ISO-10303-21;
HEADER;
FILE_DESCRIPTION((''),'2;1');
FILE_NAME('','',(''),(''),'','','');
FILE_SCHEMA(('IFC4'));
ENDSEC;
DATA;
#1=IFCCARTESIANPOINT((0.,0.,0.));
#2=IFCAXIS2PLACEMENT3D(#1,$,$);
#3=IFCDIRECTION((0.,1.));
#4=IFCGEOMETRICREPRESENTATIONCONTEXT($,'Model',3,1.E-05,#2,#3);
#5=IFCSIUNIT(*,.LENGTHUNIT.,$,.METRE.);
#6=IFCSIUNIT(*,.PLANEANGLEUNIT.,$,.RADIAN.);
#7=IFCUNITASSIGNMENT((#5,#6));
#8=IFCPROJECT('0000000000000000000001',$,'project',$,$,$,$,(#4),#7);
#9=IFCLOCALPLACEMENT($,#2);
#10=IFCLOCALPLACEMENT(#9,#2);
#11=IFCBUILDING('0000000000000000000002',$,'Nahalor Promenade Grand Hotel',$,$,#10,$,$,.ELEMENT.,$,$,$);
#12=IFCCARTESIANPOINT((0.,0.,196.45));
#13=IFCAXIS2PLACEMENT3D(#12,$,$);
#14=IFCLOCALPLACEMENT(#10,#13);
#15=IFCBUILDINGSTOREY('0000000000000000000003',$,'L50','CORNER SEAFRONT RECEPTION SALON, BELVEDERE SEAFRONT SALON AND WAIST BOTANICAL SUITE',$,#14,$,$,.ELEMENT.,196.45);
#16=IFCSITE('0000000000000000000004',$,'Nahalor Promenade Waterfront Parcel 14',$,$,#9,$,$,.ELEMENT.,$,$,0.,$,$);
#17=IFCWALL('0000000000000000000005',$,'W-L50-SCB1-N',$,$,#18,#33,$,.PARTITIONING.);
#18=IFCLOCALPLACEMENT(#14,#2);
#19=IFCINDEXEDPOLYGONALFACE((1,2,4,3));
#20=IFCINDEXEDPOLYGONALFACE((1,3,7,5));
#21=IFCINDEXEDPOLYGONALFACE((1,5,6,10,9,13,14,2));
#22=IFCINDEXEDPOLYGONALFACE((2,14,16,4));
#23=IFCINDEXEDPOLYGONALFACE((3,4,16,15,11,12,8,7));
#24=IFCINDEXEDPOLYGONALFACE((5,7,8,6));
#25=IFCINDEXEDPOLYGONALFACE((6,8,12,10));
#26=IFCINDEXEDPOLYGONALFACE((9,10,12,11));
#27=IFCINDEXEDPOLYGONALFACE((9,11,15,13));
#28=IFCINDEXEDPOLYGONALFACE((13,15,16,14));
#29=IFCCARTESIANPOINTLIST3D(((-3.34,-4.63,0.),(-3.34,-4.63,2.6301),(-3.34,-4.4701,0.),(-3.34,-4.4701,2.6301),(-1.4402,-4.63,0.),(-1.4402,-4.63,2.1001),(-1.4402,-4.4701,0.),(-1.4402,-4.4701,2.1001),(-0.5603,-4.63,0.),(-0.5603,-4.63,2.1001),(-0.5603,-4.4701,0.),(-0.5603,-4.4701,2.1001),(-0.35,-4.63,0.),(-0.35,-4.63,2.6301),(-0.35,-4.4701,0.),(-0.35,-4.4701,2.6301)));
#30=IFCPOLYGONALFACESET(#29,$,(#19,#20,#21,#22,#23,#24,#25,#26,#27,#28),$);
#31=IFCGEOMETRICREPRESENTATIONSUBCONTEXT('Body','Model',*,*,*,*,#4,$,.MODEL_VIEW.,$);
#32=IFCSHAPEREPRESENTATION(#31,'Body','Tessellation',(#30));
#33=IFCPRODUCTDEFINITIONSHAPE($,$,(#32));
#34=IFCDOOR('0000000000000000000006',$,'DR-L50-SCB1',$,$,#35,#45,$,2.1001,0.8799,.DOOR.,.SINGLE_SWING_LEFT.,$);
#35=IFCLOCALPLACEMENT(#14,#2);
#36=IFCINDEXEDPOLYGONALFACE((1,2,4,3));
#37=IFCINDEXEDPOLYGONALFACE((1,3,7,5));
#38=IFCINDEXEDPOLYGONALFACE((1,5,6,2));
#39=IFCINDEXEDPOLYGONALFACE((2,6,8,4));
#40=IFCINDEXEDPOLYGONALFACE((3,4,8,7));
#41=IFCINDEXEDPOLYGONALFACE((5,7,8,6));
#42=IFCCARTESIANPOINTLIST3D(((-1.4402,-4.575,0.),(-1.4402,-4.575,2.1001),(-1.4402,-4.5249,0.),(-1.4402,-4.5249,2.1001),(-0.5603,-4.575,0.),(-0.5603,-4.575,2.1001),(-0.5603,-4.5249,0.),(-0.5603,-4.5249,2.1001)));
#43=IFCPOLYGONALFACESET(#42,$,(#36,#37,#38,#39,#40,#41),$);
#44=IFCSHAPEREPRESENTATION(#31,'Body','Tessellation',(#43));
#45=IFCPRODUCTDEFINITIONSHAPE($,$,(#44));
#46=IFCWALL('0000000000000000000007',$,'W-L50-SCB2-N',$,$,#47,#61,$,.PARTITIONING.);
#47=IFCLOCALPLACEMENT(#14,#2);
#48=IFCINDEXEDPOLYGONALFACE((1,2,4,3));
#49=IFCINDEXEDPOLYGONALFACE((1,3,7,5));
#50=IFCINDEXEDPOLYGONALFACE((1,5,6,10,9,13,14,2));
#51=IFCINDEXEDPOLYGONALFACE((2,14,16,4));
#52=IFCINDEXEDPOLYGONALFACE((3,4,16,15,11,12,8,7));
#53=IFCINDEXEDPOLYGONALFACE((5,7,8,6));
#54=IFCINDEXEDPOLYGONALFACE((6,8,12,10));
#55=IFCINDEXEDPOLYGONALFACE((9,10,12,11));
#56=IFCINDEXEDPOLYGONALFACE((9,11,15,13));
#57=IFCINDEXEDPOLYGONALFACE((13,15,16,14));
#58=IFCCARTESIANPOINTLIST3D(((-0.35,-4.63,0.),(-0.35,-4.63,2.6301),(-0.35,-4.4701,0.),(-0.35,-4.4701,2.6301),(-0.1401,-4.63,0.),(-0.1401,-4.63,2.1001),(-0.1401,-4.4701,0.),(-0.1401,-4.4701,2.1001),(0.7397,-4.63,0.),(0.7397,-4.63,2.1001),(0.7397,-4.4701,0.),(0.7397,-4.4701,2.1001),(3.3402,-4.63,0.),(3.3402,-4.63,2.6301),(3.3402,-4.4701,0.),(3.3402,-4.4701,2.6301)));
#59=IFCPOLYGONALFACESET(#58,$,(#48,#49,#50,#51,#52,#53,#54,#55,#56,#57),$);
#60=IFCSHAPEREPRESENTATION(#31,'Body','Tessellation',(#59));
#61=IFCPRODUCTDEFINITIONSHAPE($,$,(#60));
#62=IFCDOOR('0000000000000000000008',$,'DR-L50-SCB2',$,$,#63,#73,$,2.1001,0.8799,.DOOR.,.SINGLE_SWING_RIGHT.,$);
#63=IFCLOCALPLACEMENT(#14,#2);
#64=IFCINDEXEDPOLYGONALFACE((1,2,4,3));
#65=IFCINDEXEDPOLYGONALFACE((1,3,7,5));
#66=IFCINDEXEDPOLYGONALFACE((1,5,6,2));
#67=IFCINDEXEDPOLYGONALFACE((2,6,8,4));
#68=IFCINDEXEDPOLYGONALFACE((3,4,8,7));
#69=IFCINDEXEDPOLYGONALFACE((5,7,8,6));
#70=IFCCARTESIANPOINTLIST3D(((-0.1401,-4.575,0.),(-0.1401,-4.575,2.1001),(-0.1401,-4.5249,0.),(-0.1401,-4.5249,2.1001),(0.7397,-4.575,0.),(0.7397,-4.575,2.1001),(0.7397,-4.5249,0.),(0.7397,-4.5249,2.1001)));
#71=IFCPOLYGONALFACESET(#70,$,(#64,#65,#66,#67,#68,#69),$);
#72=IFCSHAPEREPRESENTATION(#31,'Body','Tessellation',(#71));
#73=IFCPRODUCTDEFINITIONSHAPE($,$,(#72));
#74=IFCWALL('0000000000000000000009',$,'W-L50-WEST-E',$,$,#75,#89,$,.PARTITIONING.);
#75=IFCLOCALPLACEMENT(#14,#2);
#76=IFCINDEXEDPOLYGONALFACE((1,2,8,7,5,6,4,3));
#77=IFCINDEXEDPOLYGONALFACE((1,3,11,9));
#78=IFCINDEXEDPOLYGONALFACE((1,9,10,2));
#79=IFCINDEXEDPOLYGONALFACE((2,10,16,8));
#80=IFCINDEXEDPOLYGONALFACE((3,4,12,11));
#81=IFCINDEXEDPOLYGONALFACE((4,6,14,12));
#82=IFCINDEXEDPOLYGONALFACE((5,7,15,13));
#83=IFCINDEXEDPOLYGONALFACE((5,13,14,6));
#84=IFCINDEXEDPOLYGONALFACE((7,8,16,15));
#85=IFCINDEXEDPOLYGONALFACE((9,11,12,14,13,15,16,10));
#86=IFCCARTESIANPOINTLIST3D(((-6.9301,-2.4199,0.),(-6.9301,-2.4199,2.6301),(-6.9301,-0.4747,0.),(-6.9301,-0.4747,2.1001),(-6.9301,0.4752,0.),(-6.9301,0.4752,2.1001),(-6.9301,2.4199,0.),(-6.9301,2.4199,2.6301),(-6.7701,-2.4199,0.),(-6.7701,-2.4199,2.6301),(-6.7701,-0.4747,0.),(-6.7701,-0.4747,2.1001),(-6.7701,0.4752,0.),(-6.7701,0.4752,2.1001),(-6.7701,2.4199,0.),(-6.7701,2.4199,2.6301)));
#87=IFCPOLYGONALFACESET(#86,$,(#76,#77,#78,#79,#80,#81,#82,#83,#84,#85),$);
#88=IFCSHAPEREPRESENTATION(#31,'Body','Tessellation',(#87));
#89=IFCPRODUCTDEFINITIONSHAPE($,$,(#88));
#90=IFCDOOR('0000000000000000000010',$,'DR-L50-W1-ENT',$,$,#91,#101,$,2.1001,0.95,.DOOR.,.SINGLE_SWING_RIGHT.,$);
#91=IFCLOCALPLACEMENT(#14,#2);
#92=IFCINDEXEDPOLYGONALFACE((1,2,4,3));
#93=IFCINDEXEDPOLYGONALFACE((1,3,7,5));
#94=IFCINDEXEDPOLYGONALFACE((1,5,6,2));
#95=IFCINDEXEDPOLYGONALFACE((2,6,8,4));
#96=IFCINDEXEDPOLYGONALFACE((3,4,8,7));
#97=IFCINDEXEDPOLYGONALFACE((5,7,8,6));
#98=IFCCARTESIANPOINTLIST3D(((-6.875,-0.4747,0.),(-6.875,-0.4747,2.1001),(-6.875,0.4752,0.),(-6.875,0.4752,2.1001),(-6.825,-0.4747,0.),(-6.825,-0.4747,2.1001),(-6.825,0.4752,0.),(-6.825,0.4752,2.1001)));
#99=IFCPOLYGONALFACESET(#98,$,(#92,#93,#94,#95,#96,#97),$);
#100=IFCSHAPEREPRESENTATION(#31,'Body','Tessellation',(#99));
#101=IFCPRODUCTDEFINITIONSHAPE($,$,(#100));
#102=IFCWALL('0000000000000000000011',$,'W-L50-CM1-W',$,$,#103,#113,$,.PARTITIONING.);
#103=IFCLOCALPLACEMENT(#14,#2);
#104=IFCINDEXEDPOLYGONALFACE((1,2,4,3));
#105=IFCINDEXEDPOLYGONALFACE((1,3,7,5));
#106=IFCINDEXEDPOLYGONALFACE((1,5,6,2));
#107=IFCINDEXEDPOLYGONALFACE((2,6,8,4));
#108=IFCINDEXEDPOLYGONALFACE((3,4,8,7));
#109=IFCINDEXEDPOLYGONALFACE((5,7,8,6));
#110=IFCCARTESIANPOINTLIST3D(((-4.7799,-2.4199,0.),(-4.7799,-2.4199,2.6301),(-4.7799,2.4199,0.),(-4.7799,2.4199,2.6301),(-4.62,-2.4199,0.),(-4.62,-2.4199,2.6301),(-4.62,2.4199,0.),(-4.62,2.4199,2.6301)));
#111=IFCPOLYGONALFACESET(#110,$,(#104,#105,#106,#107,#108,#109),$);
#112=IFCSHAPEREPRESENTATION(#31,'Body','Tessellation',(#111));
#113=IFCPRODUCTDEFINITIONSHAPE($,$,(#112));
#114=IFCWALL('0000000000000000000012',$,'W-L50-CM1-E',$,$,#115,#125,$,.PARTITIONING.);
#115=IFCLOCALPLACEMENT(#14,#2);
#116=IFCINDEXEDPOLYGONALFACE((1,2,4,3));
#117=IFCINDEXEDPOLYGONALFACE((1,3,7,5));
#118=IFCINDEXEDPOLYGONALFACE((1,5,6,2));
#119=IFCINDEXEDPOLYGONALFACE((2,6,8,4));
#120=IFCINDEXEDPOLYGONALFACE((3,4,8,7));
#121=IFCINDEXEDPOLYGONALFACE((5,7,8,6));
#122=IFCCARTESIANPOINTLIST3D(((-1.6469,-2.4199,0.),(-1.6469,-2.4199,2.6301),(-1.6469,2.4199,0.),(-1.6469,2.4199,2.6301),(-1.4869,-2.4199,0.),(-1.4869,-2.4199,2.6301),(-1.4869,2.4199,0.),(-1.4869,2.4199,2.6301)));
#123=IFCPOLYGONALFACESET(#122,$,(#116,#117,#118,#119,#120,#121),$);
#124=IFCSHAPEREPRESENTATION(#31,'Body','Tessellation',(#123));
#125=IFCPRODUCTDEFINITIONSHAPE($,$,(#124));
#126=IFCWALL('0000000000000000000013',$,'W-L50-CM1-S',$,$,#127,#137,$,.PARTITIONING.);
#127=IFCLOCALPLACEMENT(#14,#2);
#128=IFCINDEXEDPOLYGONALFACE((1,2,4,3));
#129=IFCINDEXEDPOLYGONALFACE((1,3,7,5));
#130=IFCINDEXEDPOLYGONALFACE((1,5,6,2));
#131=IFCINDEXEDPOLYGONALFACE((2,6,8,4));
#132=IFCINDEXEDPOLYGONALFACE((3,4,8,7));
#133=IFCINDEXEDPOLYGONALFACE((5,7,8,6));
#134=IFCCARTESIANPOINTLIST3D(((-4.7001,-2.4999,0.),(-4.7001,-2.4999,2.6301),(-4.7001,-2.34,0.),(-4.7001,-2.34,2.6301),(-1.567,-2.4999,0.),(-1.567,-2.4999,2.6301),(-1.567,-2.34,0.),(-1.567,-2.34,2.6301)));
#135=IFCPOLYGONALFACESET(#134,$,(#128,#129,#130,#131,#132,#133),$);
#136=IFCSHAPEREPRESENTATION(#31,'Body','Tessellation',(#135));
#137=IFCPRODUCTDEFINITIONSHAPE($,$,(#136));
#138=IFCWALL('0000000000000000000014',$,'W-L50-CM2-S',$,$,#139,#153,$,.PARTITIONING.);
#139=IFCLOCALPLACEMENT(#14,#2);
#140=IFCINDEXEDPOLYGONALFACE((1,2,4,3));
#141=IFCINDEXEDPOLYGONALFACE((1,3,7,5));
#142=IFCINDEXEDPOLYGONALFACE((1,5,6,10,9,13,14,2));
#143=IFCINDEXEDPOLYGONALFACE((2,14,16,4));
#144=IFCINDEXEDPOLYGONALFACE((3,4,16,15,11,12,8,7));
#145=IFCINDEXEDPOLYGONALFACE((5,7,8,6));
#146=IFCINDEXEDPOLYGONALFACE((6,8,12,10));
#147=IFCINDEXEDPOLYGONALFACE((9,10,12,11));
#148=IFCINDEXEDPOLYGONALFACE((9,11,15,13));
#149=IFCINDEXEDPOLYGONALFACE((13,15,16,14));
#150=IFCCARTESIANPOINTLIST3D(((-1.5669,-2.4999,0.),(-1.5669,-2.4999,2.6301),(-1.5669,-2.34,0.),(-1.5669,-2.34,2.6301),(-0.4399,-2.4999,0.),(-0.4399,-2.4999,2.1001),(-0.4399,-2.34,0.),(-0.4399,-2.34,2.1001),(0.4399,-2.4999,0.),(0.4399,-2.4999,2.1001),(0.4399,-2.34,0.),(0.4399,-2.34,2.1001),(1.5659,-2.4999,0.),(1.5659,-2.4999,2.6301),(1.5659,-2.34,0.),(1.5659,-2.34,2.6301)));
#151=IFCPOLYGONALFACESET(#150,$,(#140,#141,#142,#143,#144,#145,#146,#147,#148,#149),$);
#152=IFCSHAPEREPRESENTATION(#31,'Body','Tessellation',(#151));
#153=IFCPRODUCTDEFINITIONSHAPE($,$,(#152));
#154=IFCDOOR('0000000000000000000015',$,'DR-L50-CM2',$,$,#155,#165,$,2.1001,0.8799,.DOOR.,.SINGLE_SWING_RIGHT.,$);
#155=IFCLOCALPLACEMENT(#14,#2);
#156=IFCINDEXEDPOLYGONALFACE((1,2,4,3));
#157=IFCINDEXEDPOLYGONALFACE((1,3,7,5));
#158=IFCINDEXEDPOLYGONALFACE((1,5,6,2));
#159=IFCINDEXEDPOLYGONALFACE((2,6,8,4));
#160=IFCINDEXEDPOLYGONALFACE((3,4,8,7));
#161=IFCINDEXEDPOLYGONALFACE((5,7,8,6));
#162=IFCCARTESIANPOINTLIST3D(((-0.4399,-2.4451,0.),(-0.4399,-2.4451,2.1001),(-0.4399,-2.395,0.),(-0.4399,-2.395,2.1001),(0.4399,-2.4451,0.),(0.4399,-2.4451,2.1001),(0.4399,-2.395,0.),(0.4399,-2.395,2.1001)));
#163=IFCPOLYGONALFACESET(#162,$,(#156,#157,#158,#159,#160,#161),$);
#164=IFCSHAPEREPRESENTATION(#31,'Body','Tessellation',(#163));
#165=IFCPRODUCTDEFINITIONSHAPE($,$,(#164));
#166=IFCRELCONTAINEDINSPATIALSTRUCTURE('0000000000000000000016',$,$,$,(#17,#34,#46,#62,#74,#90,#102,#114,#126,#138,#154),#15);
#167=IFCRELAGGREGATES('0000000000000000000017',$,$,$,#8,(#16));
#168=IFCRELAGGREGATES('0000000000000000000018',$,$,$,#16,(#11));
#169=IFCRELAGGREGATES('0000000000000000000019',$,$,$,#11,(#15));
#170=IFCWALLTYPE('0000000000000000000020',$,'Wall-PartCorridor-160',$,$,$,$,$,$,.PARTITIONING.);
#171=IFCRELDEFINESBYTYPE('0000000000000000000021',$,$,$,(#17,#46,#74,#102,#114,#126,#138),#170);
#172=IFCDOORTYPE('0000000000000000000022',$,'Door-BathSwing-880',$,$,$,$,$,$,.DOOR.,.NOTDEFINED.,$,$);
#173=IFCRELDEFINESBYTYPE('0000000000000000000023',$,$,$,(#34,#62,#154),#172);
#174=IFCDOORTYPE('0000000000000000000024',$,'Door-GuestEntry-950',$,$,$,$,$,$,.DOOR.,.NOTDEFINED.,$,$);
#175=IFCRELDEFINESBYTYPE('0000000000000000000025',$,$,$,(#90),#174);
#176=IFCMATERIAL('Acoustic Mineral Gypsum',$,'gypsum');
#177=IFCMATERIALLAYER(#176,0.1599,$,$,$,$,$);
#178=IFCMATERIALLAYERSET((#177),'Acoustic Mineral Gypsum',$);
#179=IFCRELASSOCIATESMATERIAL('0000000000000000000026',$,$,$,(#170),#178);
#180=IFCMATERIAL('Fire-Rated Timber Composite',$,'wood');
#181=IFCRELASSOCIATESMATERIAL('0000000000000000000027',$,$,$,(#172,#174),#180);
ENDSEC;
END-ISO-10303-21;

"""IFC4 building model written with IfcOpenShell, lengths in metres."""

from ifc_helpers import new_model, si_unit, direction, frame, frame_2d, origin, place, context, subcontext, project, spatial, rectangle, extrude, source, transform, mapped, material, layer, layer_set, type_object, element, fill, save


model = new_model("IFC4")

# Units and contexts
model_context = context("Model", 3, precision=1e-05, world=origin(), true_north=direction((0.0, 1.0)))
body_context = subcontext(model_context, "Body", "Model", "MODEL_VIEW")
ifc_project = project(units=[si_unit("LENGTHUNIT", "METRE"), si_unit("PLANEANGLEUNIT", "RADIAN")], contexts=[model_context])

# Site, building, storey
site_placement = place(None, origin())
site = spatial("IfcSite", under=ifc_project, at=site_placement, Name="Nahalor Promenade Waterfront Parcel 14", CompositionType="ELEMENT", RefElevation=0.0)
building_placement = place(site_placement, origin())
building = spatial("IfcBuilding", under=site, at=building_placement, Name="Nahalor Promenade Grand Hotel", CompositionType="ELEMENT")
storey_placement = place(building_placement, frame((0.0, 0.0, 196.45)))
storey = spatial("IfcBuildingStorey", under=building, at=storey_placement, Name="L50", Description="CORNER SEAFRONT RECEPTION SALON, BELVEDERE SEAFRONT SALON AND WAIST BOTANICAL SUITE", CompositionType="ELEMENT", Elevation=196.45)

# Walls, openings, doors
ifc_material_1 = material(Name="Acoustic Mineral Gypsum", Category="gypsum")
ifc_layer_1 = layer(ifc_material_1, 0.1599)
ifc_layer_set_1 = layer_set([ifc_layer_1], Name="Acoustic Mineral Gypsum")
wall_type_1 = type_object("IfcWallType", Name="Wall-PartCorridor-160", PredefinedType="PARTITIONING", material=ifc_layer_set_1)
shared_shape_1 = source(origin(), body_context, "Body", "SweptSolid", [
    extrude(rectangle(XDim=2.99, YDim=0.1599, at=frame_2d((1.4951, 0.0))), origin(), (0.0, 0.0, 1.0), 2.6301),
])
wall_1_placement = place(storey_placement, frame((-3.3401, -4.55, 0.0), z_axis=(0.0, 0.0, 1.0), x_axis=(1.0, 0.0, 0.0)))
wall_1 = element("IfcWall", 1, at=wall_1_placement, inside=storey, type_object=wall_type_1, Name="W-L50-SCB1-N", PredefinedType="PARTITIONING", context=body_context, shape_type="MappedRepresentation", body=[
    mapped(shared_shape_1, transform((0.0, 0.0, 0.0), scale=1.0)),
])
opening_1_placement = place(wall_1_placement, frame((1.8999, 0.0, 0.0)))
opening_1 = element("IfcOpeningElement", 2, at=opening_1_placement, cuts=wall_1, PredefinedType="OPENING", context=body_context, shape_type="SweptSolid", body=[
    extrude(rectangle(XDim=0.8799, YDim=2.1001, at=frame_2d((0.4399, 1.05))), frame((0.0, 0.0898, 0.0), z_axis=(0.0, -1.0, 0.0), x_axis=(1.0, 0.0, 0.0)), (0.0, 0.0, 1.0), 0.1799),
])
ifc_material_2 = material(Name="Fire-Rated Timber Composite", Category="wood")
door_type_1 = type_object("IfcDoorType", Name="Door-BathSwing-880", OperationType="NOTDEFINED", PredefinedType="DOOR", material=ifc_material_2)
shared_shape_2 = source(origin(), body_context, "Body", "SweptSolid", [
    extrude(rectangle(XDim=0.8799, YDim=2.1001, at=frame_2d((0.4399, 1.05))), frame((0.0, 0.0249, 0.0), z_axis=(0.0, -1.0, 0.0), x_axis=(1.0, 0.0, 0.0)), (0.0, 0.0, 1.0), 0.05),
])
door_1_placement = place(opening_1_placement, frame((0.8799, 0.0, 0.0), z_axis=(0.0, 0.0, 1.0), x_axis=(-1.0, 0.0, 0.0)))
door_1 = element("IfcDoor", 3, at=door_1_placement, inside=storey, type_object=door_type_1, Name="DR-L50-SCB1", OperationType="SINGLE_SWING_LEFT", OverallHeight=2.1001, OverallWidth=0.8799, PredefinedType="DOOR", context=body_context, shape_type="MappedRepresentation", body=[
    mapped(shared_shape_2, transform((0.0, 0.0, 0.0), scale=1.0)),
])
fill(opening_1, door_1)
shared_shape_3 = source(origin(), body_context, "Body", "SweptSolid", [
    extrude(rectangle(XDim=3.6902, YDim=0.1599, at=frame_2d((1.8452, 0.0))), origin(), (0.0, 0.0, 1.0), 2.6301),
])
wall_2_placement = place(storey_placement, frame((-0.3501, -4.55, 0.0), z_axis=(0.0, 0.0, 1.0), x_axis=(1.0, 0.0, 0.0)))
wall_2 = element("IfcWall", 4, at=wall_2_placement, inside=storey, type_object=wall_type_1, Name="W-L50-SCB2-N", PredefinedType="PARTITIONING", context=body_context, shape_type="MappedRepresentation", body=[
    mapped(shared_shape_3, transform((0.0, 0.0, 0.0), scale=1.0)),
])
opening_2_placement = place(wall_2_placement, frame((0.21, 0.0, 0.0)))
opening_2 = element("IfcOpeningElement", 5, at=opening_2_placement, cuts=wall_2, PredefinedType="OPENING", context=body_context, shape_type="SweptSolid", body=[
    extrude(rectangle(XDim=0.8799, YDim=2.1001, at=frame_2d((0.4399, 1.05))), frame((0.0, 0.0898, 0.0), z_axis=(0.0, -1.0, 0.0), x_axis=(1.0, 0.0, 0.0)), (0.0, 0.0, 1.0), 0.1799),
])
door_2_placement = place(opening_2_placement, frame((0.8799, 0.0, 0.0), z_axis=(0.0, 0.0, 1.0), x_axis=(-1.0, 0.0, 0.0)))
door_2 = element("IfcDoor", 6, at=door_2_placement, inside=storey, type_object=door_type_1, Name="DR-L50-SCB2", OperationType="SINGLE_SWING_RIGHT", OverallHeight=2.1001, OverallWidth=0.8799, PredefinedType="DOOR", context=body_context, shape_type="MappedRepresentation", body=[
    mapped(shared_shape_2, transform((0.0, 0.0, 0.0), scale=1.0)),
])
fill(opening_2, door_2)
shared_shape_4 = source(origin(), body_context, "Body", "SweptSolid", [
    extrude(rectangle(XDim=4.8398, YDim=0.1599, at=frame_2d((2.4199, 0.0))), origin(), (0.0, 0.0, 1.0), 2.6301),
])
wall_3_placement = place(storey_placement, frame((-6.8501, -2.4199, 0.0), z_axis=(0.0, 0.0, 1.0), x_axis=(0.0, 1.0, 0.0)))
wall_3 = element("IfcWall", 7, at=wall_3_placement, inside=storey, type_object=wall_type_1, Name="W-L50-WEST-E", PredefinedType="PARTITIONING", context=body_context, shape_type="MappedRepresentation", body=[
    mapped(shared_shape_4, transform((0.0, 0.0, 0.0), scale=1.0)),
])
opening_3_placement = place(wall_3_placement, frame((1.9451, 0.0, 0.0)))
opening_3 = element("IfcOpeningElement", 8, at=opening_3_placement, cuts=wall_3, PredefinedType="OPENING", context=body_context, shape_type="SweptSolid", body=[
    extrude(rectangle(XDim=0.95, YDim=2.1001, at=frame_2d((0.4751, 1.05))), frame((0.0, 0.0898, 0.0), z_axis=(0.0, -1.0, 0.0), x_axis=(1.0, 0.0, 0.0)), (0.0, 0.0, 1.0), 0.1799),
])
door_type_2 = type_object("IfcDoorType", Name="Door-GuestEntry-950", OperationType="NOTDEFINED", PredefinedType="DOOR", material=ifc_material_2)
shared_shape_5 = source(origin(), body_context, "Body", "SweptSolid", [
    extrude(rectangle(XDim=0.95, YDim=2.1001, at=frame_2d((0.4751, 1.05))), frame((0.0, 0.0249, 0.0), z_axis=(0.0, -1.0, 0.0), x_axis=(1.0, 0.0, 0.0)), (0.0, 0.0, 1.0), 0.05),
])
door_3_placement = place(opening_3_placement, origin())
door_3 = element("IfcDoor", 9, at=door_3_placement, inside=storey, type_object=door_type_2, Name="DR-L50-W1-ENT", OperationType="SINGLE_SWING_RIGHT", OverallHeight=2.1001, OverallWidth=0.95, PredefinedType="DOOR", context=body_context, shape_type="MappedRepresentation", body=[
    mapped(shared_shape_5, transform((0.0, 0.0, 0.0), scale=1.0)),
])
fill(opening_3, door_3)

# Walls
for number, where, z_axis, x_axis, name in (
    (10, (-4.7, -2.4199, 0.0), (0.0, 0.0, 1.0), (0.0, 1.0, 0.0), "W-L50-CM1-W"),
    (11, (-1.5669, -2.4199, 0.0), (0.0, 0.0, 1.0), (0.0, 1.0, 0.0), "W-L50-CM1-E"),
):
    element("IfcWall", number, at=place(storey_placement, frame(where, z_axis=z_axis, x_axis=x_axis)), inside=storey, type_object=wall_type_1, Name=name, PredefinedType="PARTITIONING", context=body_context, shape_type="MappedRepresentation", body=[
        mapped(shared_shape_4, transform((0.0, 0.0, 0.0), scale=1.0)),
    ])
shared_shape_6 = source(origin(), body_context, "Body", "SweptSolid", [
    extrude(rectangle(XDim=3.1331, YDim=0.1599, at=frame_2d((1.5664, 0.0))), origin(), (0.0, 0.0, 1.0), 2.6301),
])
wall_4_placement = place(storey_placement, frame((-4.7, -2.4199, 0.0), z_axis=(0.0, 0.0, 1.0), x_axis=(1.0, 0.0, 0.0)))
element("IfcWall", 12, at=wall_4_placement, inside=storey, type_object=wall_type_1, Name="W-L50-CM1-S", PredefinedType="PARTITIONING", context=body_context, shape_type="MappedRepresentation", body=[
    mapped(shared_shape_6, transform((0.0, 0.0, 0.0), scale=1.0)),
])

# Wall, opening, door
shared_shape_7 = source(origin(), body_context, "Body", "SweptSolid", [
    extrude(rectangle(XDim=3.1328, YDim=0.1599, at=frame_2d((1.5664, 0.0))), origin(), (0.0, 0.0, 1.0), 2.6301),
])
wall_5_placement = place(storey_placement, frame((-1.5669, -2.4199, 0.0), z_axis=(0.0, 0.0, 1.0), x_axis=(1.0, 0.0, 0.0)))
wall_5 = element("IfcWall", 13, at=wall_5_placement, inside=storey, type_object=wall_type_1, Name="W-L50-CM2-S", PredefinedType="PARTITIONING", context=body_context, shape_type="MappedRepresentation", body=[
    mapped(shared_shape_7, transform((0.0, 0.0, 0.0), scale=1.0)),
])
opening_4_placement = place(wall_5_placement, frame((1.127, 0.0, 0.0)))
opening_4 = element("IfcOpeningElement", 14, at=opening_4_placement, cuts=wall_5, PredefinedType="OPENING", context=body_context, shape_type="SweptSolid", body=[
    extrude(rectangle(XDim=0.8799, YDim=2.1001, at=frame_2d((0.4399, 1.05))), frame((0.0, 0.0898, 0.0), z_axis=(0.0, -1.0, 0.0), x_axis=(1.0, 0.0, 0.0)), (0.0, 0.0, 1.0), 0.1799),
])
door_4_placement = place(opening_4_placement, origin())
door_4 = element("IfcDoor", 15, at=door_4_placement, inside=storey, type_object=door_type_1, Name="DR-L50-CM2", OperationType="SINGLE_SWING_RIGHT", OverallHeight=2.1001, OverallWidth=0.8799, PredefinedType="DOOR", context=body_context, shape_type="MappedRepresentation", body=[
    mapped(shared_shape_2, transform((0.0, 0.0, 0.0), scale=1.0)),
])
fill(opening_4, door_4)

save(model, "model.ifc")
